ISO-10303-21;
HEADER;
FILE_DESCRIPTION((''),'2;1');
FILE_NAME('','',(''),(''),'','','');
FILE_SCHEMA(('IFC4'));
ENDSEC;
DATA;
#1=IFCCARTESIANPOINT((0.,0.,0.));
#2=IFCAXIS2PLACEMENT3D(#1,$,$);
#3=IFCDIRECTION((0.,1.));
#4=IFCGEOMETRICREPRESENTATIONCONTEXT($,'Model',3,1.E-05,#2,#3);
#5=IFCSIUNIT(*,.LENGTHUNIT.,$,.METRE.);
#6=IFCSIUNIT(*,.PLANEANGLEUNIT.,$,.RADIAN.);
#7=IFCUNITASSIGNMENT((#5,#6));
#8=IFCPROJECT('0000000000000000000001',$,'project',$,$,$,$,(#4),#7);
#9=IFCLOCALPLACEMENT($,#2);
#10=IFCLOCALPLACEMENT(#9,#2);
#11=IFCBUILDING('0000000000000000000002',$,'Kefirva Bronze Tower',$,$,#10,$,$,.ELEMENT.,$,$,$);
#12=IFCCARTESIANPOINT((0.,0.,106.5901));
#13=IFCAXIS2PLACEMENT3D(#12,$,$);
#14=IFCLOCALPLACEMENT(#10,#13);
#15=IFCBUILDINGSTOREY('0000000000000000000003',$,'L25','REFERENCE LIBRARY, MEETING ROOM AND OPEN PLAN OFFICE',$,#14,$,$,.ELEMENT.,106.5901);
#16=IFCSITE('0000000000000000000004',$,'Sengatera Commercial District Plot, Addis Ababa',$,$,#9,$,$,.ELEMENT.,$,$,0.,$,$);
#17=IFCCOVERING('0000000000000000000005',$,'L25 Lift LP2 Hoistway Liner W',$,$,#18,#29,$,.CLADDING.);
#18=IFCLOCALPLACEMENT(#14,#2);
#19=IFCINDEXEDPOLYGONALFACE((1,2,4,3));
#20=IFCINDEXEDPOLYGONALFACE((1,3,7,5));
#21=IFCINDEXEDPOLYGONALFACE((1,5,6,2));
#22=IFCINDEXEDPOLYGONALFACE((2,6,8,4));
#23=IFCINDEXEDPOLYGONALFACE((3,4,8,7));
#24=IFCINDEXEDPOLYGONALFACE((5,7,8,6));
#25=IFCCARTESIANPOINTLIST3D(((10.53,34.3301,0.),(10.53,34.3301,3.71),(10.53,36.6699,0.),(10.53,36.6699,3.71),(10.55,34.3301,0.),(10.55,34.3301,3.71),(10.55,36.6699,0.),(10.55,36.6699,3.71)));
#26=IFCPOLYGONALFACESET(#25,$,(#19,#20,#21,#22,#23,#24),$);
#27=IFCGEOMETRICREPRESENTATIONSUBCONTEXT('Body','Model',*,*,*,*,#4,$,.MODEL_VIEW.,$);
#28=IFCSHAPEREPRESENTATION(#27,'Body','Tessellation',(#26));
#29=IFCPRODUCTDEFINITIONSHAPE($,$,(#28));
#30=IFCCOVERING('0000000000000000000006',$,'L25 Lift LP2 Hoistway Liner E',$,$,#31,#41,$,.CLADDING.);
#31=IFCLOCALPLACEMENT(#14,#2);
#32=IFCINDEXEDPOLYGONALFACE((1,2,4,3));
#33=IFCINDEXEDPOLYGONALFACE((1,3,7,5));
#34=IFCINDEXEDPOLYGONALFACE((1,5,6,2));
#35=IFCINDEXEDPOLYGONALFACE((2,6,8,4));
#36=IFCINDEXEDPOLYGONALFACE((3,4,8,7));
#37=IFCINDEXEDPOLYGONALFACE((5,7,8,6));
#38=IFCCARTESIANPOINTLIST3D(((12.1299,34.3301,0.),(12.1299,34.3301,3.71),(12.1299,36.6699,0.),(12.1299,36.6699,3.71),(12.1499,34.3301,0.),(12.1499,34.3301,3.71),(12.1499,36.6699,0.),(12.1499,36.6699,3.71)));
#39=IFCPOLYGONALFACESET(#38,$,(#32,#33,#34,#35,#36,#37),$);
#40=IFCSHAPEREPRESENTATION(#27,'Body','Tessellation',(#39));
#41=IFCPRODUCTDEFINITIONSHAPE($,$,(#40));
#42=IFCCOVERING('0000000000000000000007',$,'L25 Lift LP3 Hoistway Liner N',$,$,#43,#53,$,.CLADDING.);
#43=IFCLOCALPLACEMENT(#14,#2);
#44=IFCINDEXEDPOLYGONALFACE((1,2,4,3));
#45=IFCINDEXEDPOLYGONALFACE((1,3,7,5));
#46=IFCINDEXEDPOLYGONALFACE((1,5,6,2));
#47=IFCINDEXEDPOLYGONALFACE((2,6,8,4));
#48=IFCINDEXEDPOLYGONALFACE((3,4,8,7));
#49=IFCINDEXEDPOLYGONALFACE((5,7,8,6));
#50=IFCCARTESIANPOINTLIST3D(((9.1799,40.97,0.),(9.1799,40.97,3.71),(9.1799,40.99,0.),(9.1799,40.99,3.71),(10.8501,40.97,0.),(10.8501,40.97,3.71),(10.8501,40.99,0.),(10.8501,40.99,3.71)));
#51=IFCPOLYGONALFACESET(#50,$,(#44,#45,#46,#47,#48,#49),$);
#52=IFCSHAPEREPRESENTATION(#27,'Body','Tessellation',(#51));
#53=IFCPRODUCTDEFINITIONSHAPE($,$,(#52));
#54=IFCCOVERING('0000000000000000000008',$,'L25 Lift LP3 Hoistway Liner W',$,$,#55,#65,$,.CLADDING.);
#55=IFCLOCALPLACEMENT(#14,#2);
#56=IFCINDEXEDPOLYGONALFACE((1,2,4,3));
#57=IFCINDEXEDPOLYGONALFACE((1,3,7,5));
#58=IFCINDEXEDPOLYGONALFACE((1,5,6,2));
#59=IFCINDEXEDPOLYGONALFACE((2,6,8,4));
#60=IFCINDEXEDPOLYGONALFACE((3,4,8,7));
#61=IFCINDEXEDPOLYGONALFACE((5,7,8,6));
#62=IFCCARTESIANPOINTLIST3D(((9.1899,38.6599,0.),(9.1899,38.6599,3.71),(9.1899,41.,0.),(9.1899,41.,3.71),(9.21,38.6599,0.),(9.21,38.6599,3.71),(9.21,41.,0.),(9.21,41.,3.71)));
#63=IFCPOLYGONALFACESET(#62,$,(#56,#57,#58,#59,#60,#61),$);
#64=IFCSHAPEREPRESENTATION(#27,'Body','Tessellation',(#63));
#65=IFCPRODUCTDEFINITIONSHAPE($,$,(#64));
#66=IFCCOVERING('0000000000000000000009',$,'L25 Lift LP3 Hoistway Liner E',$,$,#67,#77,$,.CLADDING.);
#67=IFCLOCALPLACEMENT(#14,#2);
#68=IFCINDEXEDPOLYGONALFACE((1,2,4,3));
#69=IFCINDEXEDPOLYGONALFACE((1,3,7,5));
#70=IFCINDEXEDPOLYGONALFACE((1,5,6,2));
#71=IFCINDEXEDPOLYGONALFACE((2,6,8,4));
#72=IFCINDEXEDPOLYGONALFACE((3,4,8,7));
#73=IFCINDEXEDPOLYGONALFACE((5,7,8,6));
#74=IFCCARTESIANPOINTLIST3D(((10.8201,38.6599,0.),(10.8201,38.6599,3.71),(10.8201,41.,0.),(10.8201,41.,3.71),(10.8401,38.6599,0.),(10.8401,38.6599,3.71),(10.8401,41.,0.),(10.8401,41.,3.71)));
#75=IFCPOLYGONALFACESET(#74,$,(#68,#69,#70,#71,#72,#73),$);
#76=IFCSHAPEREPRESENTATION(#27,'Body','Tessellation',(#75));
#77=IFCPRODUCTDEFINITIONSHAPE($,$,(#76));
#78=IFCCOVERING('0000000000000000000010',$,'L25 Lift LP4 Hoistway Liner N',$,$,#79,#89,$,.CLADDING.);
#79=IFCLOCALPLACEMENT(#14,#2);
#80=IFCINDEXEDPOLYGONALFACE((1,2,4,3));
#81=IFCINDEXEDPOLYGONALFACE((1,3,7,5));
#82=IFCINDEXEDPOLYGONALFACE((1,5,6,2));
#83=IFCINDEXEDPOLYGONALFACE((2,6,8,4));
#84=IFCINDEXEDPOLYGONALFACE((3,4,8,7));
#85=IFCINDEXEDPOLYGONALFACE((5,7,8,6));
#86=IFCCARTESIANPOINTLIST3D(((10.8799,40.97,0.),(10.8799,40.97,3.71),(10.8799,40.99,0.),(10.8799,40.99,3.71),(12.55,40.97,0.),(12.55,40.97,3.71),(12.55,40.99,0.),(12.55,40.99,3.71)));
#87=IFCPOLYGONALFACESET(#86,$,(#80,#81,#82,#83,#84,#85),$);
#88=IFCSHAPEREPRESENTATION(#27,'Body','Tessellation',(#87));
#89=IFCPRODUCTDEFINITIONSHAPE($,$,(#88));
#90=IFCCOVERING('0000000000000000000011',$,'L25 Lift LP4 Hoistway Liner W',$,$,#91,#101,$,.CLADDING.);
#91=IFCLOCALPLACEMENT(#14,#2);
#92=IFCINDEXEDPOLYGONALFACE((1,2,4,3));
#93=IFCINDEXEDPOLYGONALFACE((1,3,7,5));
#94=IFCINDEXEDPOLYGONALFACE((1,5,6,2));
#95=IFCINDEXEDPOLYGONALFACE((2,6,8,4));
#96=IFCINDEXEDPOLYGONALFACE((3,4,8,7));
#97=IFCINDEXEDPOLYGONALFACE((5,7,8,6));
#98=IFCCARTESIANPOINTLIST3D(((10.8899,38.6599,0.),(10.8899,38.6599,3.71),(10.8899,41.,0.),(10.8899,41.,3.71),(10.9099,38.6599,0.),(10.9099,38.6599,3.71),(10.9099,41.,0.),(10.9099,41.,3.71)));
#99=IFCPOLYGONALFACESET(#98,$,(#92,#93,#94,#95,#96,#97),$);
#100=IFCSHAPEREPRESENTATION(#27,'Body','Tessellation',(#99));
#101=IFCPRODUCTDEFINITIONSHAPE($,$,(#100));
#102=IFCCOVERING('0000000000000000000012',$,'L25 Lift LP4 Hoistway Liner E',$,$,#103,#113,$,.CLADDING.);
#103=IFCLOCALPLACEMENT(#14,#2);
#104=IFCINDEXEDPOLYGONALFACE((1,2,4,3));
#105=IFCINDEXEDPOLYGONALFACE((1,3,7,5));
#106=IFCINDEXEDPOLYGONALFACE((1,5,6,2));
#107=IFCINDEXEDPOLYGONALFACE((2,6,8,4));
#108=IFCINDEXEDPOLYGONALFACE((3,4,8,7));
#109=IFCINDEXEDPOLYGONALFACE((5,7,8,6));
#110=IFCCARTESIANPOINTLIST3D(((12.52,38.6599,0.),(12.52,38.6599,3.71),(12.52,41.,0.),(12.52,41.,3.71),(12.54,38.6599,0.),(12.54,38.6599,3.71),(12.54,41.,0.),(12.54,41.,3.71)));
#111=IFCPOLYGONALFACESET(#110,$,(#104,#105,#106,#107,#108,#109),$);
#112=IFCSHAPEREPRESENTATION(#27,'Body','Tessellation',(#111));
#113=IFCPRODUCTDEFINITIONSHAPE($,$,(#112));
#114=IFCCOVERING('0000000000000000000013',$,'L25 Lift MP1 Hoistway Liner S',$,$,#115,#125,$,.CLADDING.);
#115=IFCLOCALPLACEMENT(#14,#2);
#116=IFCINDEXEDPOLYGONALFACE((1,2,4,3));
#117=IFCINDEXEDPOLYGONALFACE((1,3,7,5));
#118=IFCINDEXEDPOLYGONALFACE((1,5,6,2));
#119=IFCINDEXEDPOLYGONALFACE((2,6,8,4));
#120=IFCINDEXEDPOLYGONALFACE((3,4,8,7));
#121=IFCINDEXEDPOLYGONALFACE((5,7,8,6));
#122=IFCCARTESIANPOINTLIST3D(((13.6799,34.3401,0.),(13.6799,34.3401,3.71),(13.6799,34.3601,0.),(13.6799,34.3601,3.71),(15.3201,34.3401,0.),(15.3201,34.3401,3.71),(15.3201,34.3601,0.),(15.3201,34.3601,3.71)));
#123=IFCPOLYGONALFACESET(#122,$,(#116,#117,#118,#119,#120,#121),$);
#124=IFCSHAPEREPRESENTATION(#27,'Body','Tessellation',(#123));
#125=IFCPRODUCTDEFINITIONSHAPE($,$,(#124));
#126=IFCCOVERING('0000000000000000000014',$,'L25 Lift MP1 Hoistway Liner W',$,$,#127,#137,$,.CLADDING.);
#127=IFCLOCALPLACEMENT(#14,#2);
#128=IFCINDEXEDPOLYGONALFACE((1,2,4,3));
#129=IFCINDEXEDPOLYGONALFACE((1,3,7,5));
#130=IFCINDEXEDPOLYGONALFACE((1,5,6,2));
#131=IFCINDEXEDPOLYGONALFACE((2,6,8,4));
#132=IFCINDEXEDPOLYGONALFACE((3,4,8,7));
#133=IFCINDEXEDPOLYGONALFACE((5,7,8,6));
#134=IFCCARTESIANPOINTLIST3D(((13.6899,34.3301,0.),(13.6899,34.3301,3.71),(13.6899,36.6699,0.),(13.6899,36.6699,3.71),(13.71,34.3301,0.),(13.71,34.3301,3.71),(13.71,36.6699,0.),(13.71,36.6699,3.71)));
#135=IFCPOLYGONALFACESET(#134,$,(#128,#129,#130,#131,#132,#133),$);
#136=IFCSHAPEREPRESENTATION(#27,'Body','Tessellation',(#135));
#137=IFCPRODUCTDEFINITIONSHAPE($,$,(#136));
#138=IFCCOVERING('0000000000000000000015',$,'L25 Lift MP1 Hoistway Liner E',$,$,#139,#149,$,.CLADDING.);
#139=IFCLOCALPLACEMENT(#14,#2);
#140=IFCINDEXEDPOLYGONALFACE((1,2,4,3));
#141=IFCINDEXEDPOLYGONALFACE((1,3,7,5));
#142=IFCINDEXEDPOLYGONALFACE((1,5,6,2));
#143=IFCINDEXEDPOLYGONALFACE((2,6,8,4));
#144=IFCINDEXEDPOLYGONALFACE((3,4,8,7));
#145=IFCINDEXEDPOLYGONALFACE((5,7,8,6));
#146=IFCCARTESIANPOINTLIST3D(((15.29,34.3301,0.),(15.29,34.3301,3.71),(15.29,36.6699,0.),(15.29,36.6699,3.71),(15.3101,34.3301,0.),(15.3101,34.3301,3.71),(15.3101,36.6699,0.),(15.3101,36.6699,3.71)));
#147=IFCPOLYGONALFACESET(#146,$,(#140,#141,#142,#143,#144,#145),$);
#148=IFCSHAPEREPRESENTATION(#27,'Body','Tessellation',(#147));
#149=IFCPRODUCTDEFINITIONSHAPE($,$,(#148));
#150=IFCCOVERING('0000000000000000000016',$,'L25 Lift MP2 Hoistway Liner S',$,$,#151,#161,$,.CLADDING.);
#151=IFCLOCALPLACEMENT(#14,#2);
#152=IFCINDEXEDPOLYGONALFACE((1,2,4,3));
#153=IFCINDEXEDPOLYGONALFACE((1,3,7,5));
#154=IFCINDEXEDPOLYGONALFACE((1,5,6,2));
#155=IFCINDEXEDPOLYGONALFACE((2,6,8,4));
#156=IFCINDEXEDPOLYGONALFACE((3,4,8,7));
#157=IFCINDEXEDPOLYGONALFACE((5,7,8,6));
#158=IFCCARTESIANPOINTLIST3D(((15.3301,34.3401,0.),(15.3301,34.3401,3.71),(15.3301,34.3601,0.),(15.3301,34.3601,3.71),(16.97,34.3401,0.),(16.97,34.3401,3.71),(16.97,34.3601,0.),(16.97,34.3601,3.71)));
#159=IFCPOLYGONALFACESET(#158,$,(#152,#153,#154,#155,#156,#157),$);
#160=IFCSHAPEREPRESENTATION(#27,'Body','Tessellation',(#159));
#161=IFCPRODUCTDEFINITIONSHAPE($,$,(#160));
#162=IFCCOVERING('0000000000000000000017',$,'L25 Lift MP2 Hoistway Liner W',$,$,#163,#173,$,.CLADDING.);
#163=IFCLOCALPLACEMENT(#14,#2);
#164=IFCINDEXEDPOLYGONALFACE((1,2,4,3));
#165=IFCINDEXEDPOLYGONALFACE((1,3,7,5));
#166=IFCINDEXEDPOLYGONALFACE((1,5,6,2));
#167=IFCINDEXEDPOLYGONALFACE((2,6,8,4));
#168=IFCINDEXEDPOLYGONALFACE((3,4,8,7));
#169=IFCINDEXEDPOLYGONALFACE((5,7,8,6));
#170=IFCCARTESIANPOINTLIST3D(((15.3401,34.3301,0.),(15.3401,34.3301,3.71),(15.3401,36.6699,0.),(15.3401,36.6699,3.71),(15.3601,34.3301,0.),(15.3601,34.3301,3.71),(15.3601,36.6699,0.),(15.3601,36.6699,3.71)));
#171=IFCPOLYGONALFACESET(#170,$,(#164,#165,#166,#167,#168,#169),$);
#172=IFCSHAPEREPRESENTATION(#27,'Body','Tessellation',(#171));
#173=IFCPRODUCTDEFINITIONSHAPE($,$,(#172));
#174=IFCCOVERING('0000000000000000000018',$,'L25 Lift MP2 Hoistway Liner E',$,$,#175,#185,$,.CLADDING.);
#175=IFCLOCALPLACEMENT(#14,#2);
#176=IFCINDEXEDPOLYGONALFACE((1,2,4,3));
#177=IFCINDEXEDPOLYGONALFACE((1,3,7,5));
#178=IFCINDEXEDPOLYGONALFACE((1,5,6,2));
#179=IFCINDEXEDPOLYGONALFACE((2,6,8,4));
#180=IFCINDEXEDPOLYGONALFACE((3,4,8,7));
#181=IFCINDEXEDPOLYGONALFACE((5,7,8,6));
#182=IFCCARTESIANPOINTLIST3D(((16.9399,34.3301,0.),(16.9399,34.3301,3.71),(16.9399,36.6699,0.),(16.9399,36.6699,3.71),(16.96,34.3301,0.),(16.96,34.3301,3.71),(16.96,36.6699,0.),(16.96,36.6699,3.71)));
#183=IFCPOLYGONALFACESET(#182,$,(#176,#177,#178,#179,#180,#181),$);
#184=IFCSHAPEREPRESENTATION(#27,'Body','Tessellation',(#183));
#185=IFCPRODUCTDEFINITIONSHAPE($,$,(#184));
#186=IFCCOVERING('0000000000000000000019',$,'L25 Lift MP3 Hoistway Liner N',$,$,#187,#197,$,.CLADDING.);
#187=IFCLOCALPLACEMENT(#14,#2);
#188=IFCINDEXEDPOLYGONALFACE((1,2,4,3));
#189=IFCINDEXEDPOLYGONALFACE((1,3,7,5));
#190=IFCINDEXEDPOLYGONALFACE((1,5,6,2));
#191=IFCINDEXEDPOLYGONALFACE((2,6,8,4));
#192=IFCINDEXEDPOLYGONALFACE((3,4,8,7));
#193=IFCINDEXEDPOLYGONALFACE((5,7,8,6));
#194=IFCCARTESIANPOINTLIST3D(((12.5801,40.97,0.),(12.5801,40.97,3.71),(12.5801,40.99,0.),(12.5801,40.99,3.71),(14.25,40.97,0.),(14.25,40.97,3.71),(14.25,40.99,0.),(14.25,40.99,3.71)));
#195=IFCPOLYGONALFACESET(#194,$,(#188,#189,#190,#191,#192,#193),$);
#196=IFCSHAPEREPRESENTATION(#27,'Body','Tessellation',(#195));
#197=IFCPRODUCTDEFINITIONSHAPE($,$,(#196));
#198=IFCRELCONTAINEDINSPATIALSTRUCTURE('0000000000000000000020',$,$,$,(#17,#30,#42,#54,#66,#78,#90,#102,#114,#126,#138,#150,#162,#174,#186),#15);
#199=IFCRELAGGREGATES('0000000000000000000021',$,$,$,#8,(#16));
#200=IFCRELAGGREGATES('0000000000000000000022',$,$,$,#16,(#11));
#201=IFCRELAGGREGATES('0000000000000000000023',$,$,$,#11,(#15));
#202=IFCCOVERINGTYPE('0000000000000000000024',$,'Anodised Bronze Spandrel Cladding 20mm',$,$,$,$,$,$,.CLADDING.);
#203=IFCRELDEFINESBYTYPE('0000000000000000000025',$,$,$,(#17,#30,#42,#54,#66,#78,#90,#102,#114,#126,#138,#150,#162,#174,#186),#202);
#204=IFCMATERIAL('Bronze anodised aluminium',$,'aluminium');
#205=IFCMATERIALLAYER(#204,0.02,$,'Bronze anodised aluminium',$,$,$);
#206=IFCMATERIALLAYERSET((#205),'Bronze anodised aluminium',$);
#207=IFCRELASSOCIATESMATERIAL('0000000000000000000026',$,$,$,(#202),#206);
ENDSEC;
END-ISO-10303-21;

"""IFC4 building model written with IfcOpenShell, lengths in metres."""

from ifc_helpers import new_model, si_unit, direction, frame, origin, place, context, subcontext, project, spatial, polyline, outline, extrude, material, layer, layer_set, type_object, element, save


model = new_model("IFC4")

# Units and contexts
model_context = context("Model", 3, precision=1e-05, world=origin(), true_north=direction((0.0, 1.0)))
body_context = subcontext(model_context, "Body", "Model", "MODEL_VIEW")
ifc_project = project(units=[si_unit("LENGTHUNIT", "METRE"), si_unit("PLANEANGLEUNIT", "RADIAN")], contexts=[model_context])

# Site, building, storey
site_placement = place(None, origin())
site = spatial("IfcSite", under=ifc_project, at=site_placement, Name="Sengatera Commercial District Plot, Addis Ababa", CompositionType="ELEMENT", RefElevation=0.0)
building_placement = place(site_placement, origin())
building = spatial("IfcBuilding", under=site, at=building_placement, Name="Kefirva Bronze Tower", CompositionType="ELEMENT")
storey_placement = place(building_placement, frame((0.0, 0.0, 106.5901)))
storey = spatial("IfcBuildingStorey", under=building, at=storey_placement, Name="L25", Description="REFERENCE LIBRARY, MEETING ROOM AND OPEN PLAN OFFICE", CompositionType="ELEMENT", Elevation=106.5901)

# Coverings
ifc_material = material(Name="Bronze anodised aluminium", Category="aluminium")
ifc_layer_1 = layer(ifc_material, 0.02, Name="Bronze anodised aluminium")
ifc_layer_set_1 = layer_set([ifc_layer_1], Name="Bronze anodised aluminium")
covering_type_1 = type_object("IfcCoveringType", Name="Anodised Bronze Spandrel Cladding 20mm", PredefinedType="CLADDING", material=ifc_layer_set_1)
covering_1_placement = place(storey_placement, origin())
element("IfcCovering", 1, at=covering_1_placement, inside=storey, type_object=covering_type_1, Name="L25 Lift LP2 Hoistway Liner W", PredefinedType="CLADDING", context=body_context, shape_type="SweptSolid", body=[
    extrude(outline(polyline([(10.53, 34.3301), (10.55, 34.3301), (10.55, 36.6699), (10.53, 36.6699), (10.53, 34.3301)])), origin(), (0.0, 0.0, 1.0), 3.71),
])
covering_2_placement = place(storey_placement, origin())
element("IfcCovering", 2, at=covering_2_placement, inside=storey, type_object=covering_type_1, Name="L25 Lift LP2 Hoistway Liner E", PredefinedType="CLADDING", context=body_context, shape_type="SweptSolid", body=[
    extrude(outline(polyline([(12.1299, 34.3301), (12.1499, 34.3301), (12.1499, 36.6699), (12.1299, 36.6699), (12.1299, 34.3301)])), origin(), (0.0, 0.0, 1.0), 3.71),
])
covering_3_placement = place(storey_placement, origin())
element("IfcCovering", 3, at=covering_3_placement, inside=storey, type_object=covering_type_1, Name="L25 Lift LP3 Hoistway Liner N", PredefinedType="CLADDING", context=body_context, shape_type="SweptSolid", body=[
    extrude(outline(polyline([(9.1799, 40.97), (10.8501, 40.97), (10.8501, 40.99), (9.1799, 40.99), (9.1799, 40.97)])), origin(), (0.0, 0.0, 1.0), 3.71),
])
covering_4_placement = place(storey_placement, origin())
element("IfcCovering", 4, at=covering_4_placement, inside=storey, type_object=covering_type_1, Name="L25 Lift LP3 Hoistway Liner W", PredefinedType="CLADDING", context=body_context, shape_type="SweptSolid", body=[
    extrude(outline(polyline([(9.1899, 38.6599), (9.21, 38.6599), (9.21, 41.0), (9.1899, 41.0), (9.1899, 38.6599)])), origin(), (0.0, 0.0, 1.0), 3.71),
])
covering_5_placement = place(storey_placement, origin())
element("IfcCovering", 5, at=covering_5_placement, inside=storey, type_object=covering_type_1, Name="L25 Lift LP3 Hoistway Liner E", PredefinedType="CLADDING", context=body_context, shape_type="SweptSolid", body=[
    extrude(outline(polyline([(10.8201, 38.6599), (10.8401, 38.6599), (10.8401, 41.0), (10.8201, 41.0), (10.8201, 38.6599)])), origin(), (0.0, 0.0, 1.0), 3.71),
])
covering_6_placement = place(storey_placement, origin())
element("IfcCovering", 6, at=covering_6_placement, inside=storey, type_object=covering_type_1, Name="L25 Lift LP4 Hoistway Liner N", PredefinedType="CLADDING", context=body_context, shape_type="SweptSolid", body=[
    extrude(outline(polyline([(10.8799, 40.97), (12.55, 40.97), (12.55, 40.99), (10.8799, 40.99), (10.8799, 40.97)])), origin(), (0.0, 0.0, 1.0), 3.71),
])
covering_7_placement = place(storey_placement, origin())
element("IfcCovering", 7, at=covering_7_placement, inside=storey, type_object=covering_type_1, Name="L25 Lift LP4 Hoistway Liner W", PredefinedType="CLADDING", context=body_context, shape_type="SweptSolid", body=[
    extrude(outline(polyline([(10.8899, 38.6599), (10.9099, 38.6599), (10.9099, 41.0), (10.8899, 41.0), (10.8899, 38.6599)])), origin(), (0.0, 0.0, 1.0), 3.71),
])
covering_8_placement = place(storey_placement, origin())
element("IfcCovering", 8, at=covering_8_placement, inside=storey, type_object=covering_type_1, Name="L25 Lift LP4 Hoistway Liner E", PredefinedType="CLADDING", context=body_context, shape_type="SweptSolid", body=[
    extrude(outline(polyline([(12.52, 38.6599), (12.54, 38.6599), (12.54, 41.0), (12.52, 41.0), (12.52, 38.6599)])), origin(), (0.0, 0.0, 1.0), 3.71),
])
covering_9_placement = place(storey_placement, origin())
element("IfcCovering", 9, at=covering_9_placement, inside=storey, type_object=covering_type_1, Name="L25 Lift MP1 Hoistway Liner S", PredefinedType="CLADDING", context=body_context, shape_type="SweptSolid", body=[
    extrude(outline(polyline([(13.6799, 34.3401), (15.3201, 34.3401), (15.3201, 34.3601), (13.6799, 34.3601), (13.6799, 34.3401)])), origin(), (0.0, 0.0, 1.0), 3.71),
])
covering_10_placement = place(storey_placement, origin())
element("IfcCovering", 10, at=covering_10_placement, inside=storey, type_object=covering_type_1, Name="L25 Lift MP1 Hoistway Liner W", PredefinedType="CLADDING", context=body_context, shape_type="SweptSolid", body=[
    extrude(outline(polyline([(13.6899, 34.3301), (13.71, 34.3301), (13.71, 36.6699), (13.6899, 36.6699), (13.6899, 34.3301)])), origin(), (0.0, 0.0, 1.0), 3.71),
])
covering_11_placement = place(storey_placement, origin())
element("IfcCovering", 11, at=covering_11_placement, inside=storey, type_object=covering_type_1, Name="L25 Lift MP1 Hoistway Liner E", PredefinedType="CLADDING", context=body_context, shape_type="SweptSolid", body=[
    extrude(outline(polyline([(15.29, 34.3301), (15.3101, 34.3301), (15.3101, 36.6699), (15.29, 36.6699), (15.29, 34.3301)])), origin(), (0.0, 0.0, 1.0), 3.71),
])
covering_12_placement = place(storey_placement, origin())
element("IfcCovering", 12, at=covering_12_placement, inside=storey, type_object=covering_type_1, Name="L25 Lift MP2 Hoistway Liner S", PredefinedType="CLADDING", context=body_context, shape_type="SweptSolid", body=[
    extrude(outline(polyline([(15.3301, 34.3401), (16.97, 34.3401), (16.97, 34.3601), (15.3301, 34.3601), (15.3301, 34.3401)])), origin(), (0.0, 0.0, 1.0), 3.71),
])
covering_13_placement = place(storey_placement, origin())
element("IfcCovering", 13, at=covering_13_placement, inside=storey, type_object=covering_type_1, Name="L25 Lift MP2 Hoistway Liner W", PredefinedType="CLADDING", context=body_context, shape_type="SweptSolid", body=[
    extrude(outline(polyline([(15.3401, 34.3301), (15.3601, 34.3301), (15.3601, 36.6699), (15.3401, 36.6699), (15.3401, 34.3301)])), origin(), (0.0, 0.0, 1.0), 3.71),
])
covering_14_placement = place(storey_placement, origin())
element("IfcCovering", 14, at=covering_14_placement, inside=storey, type_object=covering_type_1, Name="L25 Lift MP2 Hoistway Liner E", PredefinedType="CLADDING", context=body_context, shape_type="SweptSolid", body=[
    extrude(outline(polyline([(16.9399, 34.3301), (16.96, 34.3301), (16.96, 36.6699), (16.9399, 36.6699), (16.9399, 34.3301)])), origin(), (0.0, 0.0, 1.0), 3.71),
])
covering_15_placement = place(storey_placement, origin())
element("IfcCovering", 15, at=covering_15_placement, inside=storey, type_object=covering_type_1, Name="L25 Lift MP3 Hoistway Liner N", PredefinedType="CLADDING", context=body_context, shape_type="SweptSolid", body=[
    extrude(outline(polyline([(12.5801, 40.97), (14.25, 40.97), (14.25, 40.99), (12.5801, 40.99), (12.5801, 40.97)])), origin(), (0.0, 0.0, 1.0), 3.71),
])

save(model, "model.ifc")
